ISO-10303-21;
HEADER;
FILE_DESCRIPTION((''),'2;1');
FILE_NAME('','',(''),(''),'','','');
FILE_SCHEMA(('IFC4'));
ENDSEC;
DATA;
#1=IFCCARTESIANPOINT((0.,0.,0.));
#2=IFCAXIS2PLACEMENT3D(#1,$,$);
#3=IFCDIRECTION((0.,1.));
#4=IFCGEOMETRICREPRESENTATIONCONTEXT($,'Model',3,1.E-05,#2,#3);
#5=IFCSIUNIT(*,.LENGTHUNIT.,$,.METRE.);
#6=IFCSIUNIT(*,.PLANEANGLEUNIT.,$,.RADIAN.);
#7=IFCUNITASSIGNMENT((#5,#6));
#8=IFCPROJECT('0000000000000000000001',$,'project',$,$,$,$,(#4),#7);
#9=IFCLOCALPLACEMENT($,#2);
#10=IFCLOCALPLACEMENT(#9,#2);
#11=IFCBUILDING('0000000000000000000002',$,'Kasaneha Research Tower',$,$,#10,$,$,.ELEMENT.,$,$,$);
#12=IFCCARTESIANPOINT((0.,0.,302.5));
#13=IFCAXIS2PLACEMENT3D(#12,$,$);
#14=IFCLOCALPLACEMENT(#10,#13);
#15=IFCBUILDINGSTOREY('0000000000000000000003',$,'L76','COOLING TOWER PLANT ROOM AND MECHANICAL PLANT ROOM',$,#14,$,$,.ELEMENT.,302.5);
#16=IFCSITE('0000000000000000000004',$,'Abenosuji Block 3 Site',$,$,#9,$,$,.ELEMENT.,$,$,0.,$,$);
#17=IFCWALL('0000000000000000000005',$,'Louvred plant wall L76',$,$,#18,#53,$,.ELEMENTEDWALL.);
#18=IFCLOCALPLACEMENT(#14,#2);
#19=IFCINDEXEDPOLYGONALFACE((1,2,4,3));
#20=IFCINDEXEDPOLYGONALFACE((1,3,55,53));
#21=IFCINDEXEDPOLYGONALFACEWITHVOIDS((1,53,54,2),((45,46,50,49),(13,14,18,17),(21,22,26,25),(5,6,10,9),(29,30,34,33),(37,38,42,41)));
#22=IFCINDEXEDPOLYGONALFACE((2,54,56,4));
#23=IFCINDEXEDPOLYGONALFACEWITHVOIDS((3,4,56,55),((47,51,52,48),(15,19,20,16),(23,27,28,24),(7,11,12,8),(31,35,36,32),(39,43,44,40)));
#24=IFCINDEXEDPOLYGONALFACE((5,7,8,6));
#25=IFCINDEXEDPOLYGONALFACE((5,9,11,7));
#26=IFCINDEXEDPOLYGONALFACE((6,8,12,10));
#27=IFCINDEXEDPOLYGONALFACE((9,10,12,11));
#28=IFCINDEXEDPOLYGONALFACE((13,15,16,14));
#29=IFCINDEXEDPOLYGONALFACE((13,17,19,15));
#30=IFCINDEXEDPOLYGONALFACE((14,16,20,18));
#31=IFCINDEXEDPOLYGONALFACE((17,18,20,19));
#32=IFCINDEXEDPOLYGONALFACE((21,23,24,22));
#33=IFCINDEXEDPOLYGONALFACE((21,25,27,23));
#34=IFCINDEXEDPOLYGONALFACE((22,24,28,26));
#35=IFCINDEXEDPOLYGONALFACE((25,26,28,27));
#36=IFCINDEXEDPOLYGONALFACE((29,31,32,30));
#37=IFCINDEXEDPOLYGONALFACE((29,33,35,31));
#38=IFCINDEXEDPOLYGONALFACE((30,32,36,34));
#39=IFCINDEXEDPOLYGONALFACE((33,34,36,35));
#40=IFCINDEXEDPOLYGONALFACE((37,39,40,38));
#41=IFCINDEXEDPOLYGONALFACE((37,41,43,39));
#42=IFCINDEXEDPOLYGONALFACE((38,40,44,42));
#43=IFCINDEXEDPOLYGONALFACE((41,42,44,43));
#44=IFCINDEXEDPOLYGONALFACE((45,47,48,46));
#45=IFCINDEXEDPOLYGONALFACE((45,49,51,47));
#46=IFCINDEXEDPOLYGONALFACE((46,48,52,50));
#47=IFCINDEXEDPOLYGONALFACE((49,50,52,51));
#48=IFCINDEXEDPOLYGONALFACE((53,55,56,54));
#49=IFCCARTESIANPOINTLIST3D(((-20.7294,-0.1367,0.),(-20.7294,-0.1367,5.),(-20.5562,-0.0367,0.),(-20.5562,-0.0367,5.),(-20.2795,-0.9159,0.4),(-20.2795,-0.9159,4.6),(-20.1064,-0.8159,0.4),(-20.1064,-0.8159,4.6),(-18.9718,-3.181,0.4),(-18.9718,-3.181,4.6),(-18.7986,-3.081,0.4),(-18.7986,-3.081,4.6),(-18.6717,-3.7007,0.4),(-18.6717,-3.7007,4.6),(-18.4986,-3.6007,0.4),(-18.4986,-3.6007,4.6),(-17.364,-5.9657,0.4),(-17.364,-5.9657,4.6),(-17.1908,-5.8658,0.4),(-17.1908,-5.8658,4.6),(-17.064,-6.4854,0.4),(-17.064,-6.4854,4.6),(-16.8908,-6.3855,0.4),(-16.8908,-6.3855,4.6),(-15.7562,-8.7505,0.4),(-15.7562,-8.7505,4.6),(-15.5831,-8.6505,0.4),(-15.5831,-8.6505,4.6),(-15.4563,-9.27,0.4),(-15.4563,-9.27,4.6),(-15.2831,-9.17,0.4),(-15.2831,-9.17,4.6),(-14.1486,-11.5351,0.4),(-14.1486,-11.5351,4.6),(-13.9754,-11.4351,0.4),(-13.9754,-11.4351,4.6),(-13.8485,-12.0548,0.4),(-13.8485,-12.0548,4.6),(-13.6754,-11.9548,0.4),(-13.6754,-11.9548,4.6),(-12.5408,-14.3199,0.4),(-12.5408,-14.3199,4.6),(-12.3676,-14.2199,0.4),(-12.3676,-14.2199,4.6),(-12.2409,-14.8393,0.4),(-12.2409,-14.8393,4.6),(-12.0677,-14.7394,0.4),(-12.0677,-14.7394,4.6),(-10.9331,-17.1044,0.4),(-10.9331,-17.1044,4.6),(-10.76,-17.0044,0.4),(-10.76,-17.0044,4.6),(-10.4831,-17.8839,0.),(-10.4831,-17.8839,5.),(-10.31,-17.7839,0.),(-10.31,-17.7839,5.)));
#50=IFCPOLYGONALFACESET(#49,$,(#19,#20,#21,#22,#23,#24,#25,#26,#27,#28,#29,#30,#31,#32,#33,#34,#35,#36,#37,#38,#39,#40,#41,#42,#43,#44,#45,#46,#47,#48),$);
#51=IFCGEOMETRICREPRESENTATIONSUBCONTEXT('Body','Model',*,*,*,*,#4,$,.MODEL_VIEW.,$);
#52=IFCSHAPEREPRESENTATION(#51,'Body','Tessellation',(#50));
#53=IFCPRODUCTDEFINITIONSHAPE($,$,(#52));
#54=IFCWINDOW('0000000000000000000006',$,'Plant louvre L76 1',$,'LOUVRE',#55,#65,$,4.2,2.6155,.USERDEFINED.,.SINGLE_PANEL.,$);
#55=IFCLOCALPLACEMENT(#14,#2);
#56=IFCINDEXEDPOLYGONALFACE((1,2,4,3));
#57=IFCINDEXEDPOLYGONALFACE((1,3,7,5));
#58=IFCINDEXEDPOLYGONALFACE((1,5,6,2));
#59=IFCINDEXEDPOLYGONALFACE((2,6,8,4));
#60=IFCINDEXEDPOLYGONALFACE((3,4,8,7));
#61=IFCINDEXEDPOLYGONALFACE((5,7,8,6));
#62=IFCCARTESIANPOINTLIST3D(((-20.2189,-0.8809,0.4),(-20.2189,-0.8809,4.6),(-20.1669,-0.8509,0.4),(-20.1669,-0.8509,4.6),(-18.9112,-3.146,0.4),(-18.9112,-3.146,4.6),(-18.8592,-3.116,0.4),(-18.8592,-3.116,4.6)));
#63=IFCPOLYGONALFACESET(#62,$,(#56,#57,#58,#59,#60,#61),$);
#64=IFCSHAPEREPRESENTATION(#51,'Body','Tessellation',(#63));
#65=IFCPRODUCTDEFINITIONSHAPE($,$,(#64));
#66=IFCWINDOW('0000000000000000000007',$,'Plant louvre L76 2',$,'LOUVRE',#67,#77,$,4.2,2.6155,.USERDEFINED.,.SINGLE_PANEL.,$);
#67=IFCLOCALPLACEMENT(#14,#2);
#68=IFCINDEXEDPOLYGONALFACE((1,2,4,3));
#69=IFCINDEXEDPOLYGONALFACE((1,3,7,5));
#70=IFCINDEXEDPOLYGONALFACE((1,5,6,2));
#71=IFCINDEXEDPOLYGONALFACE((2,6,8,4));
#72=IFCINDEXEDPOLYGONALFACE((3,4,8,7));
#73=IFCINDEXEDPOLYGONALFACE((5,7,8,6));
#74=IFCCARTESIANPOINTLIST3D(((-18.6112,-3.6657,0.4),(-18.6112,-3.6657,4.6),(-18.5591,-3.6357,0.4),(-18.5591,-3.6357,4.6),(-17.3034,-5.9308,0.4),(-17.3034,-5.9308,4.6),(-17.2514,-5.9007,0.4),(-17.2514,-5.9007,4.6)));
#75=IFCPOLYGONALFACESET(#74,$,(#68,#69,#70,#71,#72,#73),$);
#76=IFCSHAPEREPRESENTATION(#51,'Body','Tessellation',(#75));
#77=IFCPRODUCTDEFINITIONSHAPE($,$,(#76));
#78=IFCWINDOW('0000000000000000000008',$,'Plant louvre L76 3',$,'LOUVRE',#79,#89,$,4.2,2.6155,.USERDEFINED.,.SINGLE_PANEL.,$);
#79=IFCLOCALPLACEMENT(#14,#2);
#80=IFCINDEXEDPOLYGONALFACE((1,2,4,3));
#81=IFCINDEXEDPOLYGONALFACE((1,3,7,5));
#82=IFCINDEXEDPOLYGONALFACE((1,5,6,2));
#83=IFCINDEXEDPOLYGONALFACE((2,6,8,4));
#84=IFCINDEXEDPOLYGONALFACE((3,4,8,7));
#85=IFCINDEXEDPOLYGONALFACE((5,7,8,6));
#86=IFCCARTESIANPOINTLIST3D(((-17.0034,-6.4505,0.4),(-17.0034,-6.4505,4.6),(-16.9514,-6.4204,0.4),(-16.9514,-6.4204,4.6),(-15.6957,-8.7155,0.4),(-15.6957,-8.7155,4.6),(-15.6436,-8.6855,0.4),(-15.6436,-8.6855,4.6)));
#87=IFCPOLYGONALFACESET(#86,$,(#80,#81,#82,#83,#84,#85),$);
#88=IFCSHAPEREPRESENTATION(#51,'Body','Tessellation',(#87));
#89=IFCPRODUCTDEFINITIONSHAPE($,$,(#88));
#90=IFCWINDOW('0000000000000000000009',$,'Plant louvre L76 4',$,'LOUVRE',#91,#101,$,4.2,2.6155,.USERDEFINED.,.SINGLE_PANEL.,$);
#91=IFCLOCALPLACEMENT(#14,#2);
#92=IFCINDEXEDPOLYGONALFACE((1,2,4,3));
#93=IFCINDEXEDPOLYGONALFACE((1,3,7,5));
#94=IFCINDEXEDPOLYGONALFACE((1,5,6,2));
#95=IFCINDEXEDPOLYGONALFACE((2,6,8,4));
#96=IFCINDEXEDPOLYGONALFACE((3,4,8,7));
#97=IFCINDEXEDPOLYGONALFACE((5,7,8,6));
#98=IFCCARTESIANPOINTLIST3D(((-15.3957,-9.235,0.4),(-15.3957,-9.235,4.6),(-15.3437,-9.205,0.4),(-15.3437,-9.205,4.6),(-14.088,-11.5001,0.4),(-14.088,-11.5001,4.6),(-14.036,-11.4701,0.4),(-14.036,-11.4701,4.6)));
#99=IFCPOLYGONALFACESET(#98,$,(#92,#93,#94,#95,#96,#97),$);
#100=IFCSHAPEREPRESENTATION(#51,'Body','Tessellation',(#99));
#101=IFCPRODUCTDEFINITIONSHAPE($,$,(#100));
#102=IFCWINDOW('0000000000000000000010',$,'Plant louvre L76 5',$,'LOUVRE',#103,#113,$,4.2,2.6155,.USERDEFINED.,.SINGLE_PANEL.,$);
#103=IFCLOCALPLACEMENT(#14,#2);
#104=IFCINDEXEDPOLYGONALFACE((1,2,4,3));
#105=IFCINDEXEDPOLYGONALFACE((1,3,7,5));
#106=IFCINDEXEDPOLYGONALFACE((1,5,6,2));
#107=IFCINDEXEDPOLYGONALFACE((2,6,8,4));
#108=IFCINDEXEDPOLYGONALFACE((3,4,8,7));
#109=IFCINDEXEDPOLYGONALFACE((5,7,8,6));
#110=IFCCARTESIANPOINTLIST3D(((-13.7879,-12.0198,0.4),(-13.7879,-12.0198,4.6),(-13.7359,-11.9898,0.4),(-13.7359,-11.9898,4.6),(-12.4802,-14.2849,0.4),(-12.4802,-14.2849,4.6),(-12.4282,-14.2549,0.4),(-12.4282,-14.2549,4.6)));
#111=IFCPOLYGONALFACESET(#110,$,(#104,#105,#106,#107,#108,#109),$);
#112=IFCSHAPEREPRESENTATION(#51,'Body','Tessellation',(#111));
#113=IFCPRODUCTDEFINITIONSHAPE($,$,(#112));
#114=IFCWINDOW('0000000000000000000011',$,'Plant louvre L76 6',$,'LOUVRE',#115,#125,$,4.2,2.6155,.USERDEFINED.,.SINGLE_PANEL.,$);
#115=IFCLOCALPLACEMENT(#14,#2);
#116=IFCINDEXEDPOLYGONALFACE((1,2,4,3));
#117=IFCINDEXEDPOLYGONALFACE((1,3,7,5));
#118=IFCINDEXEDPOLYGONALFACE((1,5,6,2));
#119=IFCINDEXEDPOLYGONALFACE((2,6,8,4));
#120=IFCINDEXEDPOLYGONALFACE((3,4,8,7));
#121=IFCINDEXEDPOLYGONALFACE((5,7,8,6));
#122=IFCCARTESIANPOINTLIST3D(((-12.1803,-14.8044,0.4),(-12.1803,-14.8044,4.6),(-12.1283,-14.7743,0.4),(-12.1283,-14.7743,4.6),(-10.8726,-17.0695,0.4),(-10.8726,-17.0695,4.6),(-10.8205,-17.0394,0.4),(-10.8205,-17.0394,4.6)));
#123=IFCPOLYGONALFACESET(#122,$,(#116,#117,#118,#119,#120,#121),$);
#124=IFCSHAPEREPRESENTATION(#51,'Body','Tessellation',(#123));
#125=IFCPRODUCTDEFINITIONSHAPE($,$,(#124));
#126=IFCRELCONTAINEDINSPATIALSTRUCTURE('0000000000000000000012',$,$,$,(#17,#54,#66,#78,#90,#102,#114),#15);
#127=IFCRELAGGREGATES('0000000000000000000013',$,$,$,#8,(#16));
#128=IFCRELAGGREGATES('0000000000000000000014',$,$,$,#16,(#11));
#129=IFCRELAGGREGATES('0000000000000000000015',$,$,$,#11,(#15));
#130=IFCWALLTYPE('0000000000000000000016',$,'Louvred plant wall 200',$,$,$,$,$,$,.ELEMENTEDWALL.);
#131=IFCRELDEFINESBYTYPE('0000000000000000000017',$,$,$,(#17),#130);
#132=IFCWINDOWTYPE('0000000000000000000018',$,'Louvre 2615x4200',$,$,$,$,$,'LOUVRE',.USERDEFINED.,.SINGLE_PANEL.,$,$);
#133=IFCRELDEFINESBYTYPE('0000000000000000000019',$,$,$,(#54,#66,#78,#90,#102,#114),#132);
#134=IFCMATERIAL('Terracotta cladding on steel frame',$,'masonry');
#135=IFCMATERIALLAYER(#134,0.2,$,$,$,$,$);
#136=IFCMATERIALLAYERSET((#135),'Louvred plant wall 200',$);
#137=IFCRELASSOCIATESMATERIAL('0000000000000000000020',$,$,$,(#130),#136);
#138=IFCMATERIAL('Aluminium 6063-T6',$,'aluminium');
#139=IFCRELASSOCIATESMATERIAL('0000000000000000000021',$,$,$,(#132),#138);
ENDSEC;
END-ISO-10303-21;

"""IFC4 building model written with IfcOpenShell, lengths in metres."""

from ifc_helpers import new_model, si_unit, direction, frame, frame_2d, origin, place, context, subcontext, project, spatial, rectangle, extrude, material, layer, layer_set, type_object, element, fill, save


model = new_model("IFC4")

# Units and contexts
model_context = context("Model", 3, precision=1e-05, world=origin(), true_north=direction((0.0, 1.0)))
body_context = subcontext(model_context, "Body", "Model", "MODEL_VIEW")
ifc_project = project(units=[si_unit("LENGTHUNIT", "METRE"), si_unit("PLANEANGLEUNIT", "RADIAN")], contexts=[model_context])

# Site, building, storey
site_placement = place(None, origin())
site = spatial("IfcSite", under=ifc_project, at=site_placement, Name="Abenosuji Block 3 Site", CompositionType="ELEMENT", RefElevation=0.0)
building_placement = place(site_placement, origin())
building = spatial("IfcBuilding", under=site, at=building_placement, Name="Kasaneha Research Tower", CompositionType="ELEMENT")
storey_placement = place(building_placement, frame((0.0, 0.0, 302.5)))
storey = spatial("IfcBuildingStorey", under=building, at=storey_placement, Name="L76", Description="COOLING TOWER PLANT ROOM AND MECHANICAL PLANT ROOM", CompositionType="ELEMENT", Elevation=302.5)

# Wall, openings, windows
ifc_material_1 = material(Name="Terracotta cladding on steel frame", Category="masonry")
ifc_layer_1 = layer(ifc_material_1, 0.2)
ifc_layer_set_1 = layer_set([ifc_layer_1], Name="Louvred plant wall 200")
wall_type_1 = type_object("IfcWallType", Name="Louvred plant wall 200", PredefinedType="ELEMENTEDWALL", material=ifc_layer_set_1)
wall_1_placement = place(storey_placement, frame((-20.6428, -0.0867, 0.0), z_axis=(0.0, 0.0, 1.0), x_axis=(0.499997, -0.866027, 0.0)))
wall_1 = element("IfcWall", 1, at=wall_1_placement, inside=storey, type_object=wall_type_1, Name="Louvred plant wall L76", PredefinedType="ELEMENTEDWALL", context=body_context, shape_type="SweptSolid", body=[
    extrude(rectangle(XDim=20.4927, YDim=0.2, at=frame_2d((10.2463, 0.0))), origin(), (0.0, 0.0, 1.0), 5.0),
])
opening_1_placement = place(wall_1_placement, frame((0.8999, 0.0, 0.3999)))
opening_1 = element("IfcOpeningElement", 2, at=opening_1_placement, cuts=wall_1, PredefinedType="OPENING", context=body_context, shape_type="SweptSolid", body=[
    extrude(rectangle(XDim=2.6155, YDim=4.2, at=frame_2d((1.3076, 2.1001))), frame((0.0, 0.1099, 0.0), z_axis=(0.0, -1.0, 0.0), x_axis=(1.0, 0.0, 0.0)), (0.0, 0.0, 1.0), 0.22),
])
opening_2_placement = place(wall_1_placement, frame((4.1155, 0.0, 0.3999)))
opening_2 = element("IfcOpeningElement", 3, at=opening_2_placement, cuts=wall_1, PredefinedType="OPENING", context=body_context, shape_type="SweptSolid", body=[
    extrude(rectangle(XDim=2.6155, YDim=4.2, at=frame_2d((1.3076, 2.1001))), frame((0.0, 0.1099, 0.0), z_axis=(0.0, -1.0, 0.0), x_axis=(1.0, 0.0, 0.0)), (0.0, 0.0, 1.0), 0.22),
])
opening_3_placement = place(wall_1_placement, frame((7.3311, 0.0, 0.3999)))
opening_3 = element("IfcOpeningElement", 4, at=opening_3_placement, cuts=wall_1, PredefinedType="OPENING", context=body_context, shape_type="SweptSolid", body=[
    extrude(rectangle(XDim=2.6155, YDim=4.2, at=frame_2d((1.3076, 2.1001))), frame((0.0, 0.1099, 0.0), z_axis=(0.0, -1.0, 0.0), x_axis=(1.0, 0.0, 0.0)), (0.0, 0.0, 1.0), 0.22),
])
opening_4_placement = place(wall_1_placement, frame((10.5464, 0.0, 0.3999)))
opening_4 = element("IfcOpeningElement", 5, at=opening_4_placement, cuts=wall_1, PredefinedType="OPENING", context=body_context, shape_type="SweptSolid", body=[
    extrude(rectangle(XDim=2.6155, YDim=4.2, at=frame_2d((1.3076, 2.1001))), frame((0.0, 0.1099, 0.0), z_axis=(0.0, -1.0, 0.0), x_axis=(1.0, 0.0, 0.0)), (0.0, 0.0, 1.0), 0.22),
])
opening_5_placement = place(wall_1_placement, frame((13.762, 0.0, 0.3999)))
opening_5 = element("IfcOpeningElement", 6, at=opening_5_placement, cuts=wall_1, PredefinedType="OPENING", context=body_context, shape_type="SweptSolid", body=[
    extrude(rectangle(XDim=2.6155, YDim=4.2, at=frame_2d((1.3076, 2.1001))), frame((0.0, 0.1099, 0.0), z_axis=(0.0, -1.0, 0.0), x_axis=(1.0, 0.0, 0.0)), (0.0, 0.0, 1.0), 0.22),
])
opening_6_placement = place(wall_1_placement, frame((16.9773, 0.0, 0.3999)))
opening_6 = element("IfcOpeningElement", 7, at=opening_6_placement, cuts=wall_1, PredefinedType="OPENING", context=body_context, shape_type="SweptSolid", body=[
    extrude(rectangle(XDim=2.6155, YDim=4.2, at=frame_2d((1.3076, 2.1001))), frame((0.0, 0.1099, 0.0), z_axis=(0.0, -1.0, 0.0), x_axis=(1.0, 0.0, 0.0)), (0.0, 0.0, 1.0), 0.22),
])
ifc_material_2 = material(Name="Aluminium 6063-T6", Category="aluminium")
window_type = type_object("IfcWindowType", Name="Louvre 2615x4200", ElementType="LOUVRE", PartitioningType="SINGLE_PANEL", PredefinedType="USERDEFINED", material=ifc_material_2)
window_1_placement = place(opening_1_placement, origin())
window_1 = element("IfcWindow", 8, at=window_1_placement, inside=storey, type_object=window_type, Name="Plant louvre L76 1", ObjectType="LOUVRE", OverallHeight=4.2, OverallWidth=2.6155, PartitioningType="SINGLE_PANEL", PredefinedType="USERDEFINED", context=body_context, shape_type="SweptSolid", body=[
    extrude(rectangle(XDim=2.6155, YDim=4.2, at=frame_2d((1.3076, 2.1001))), frame((0.0, 0.03, 0.0), z_axis=(0.0, -1.0, 0.0), x_axis=(1.0, 0.0, 0.0)), (0.0, 0.0, 1.0), 0.0601),
])
fill(opening_1, window_1)
window_2_placement = place(opening_2_placement, origin())
window_2 = element("IfcWindow", 9, at=window_2_placement, inside=storey, type_object=window_type, Name="Plant louvre L76 2", ObjectType="LOUVRE", OverallHeight=4.2, OverallWidth=2.6155, PartitioningType="SINGLE_PANEL", PredefinedType="USERDEFINED", context=body_context, shape_type="SweptSolid", body=[
    extrude(rectangle(XDim=2.6155, YDim=4.2, at=frame_2d((1.3076, 2.1001))), frame((0.0, 0.03, 0.0), z_axis=(0.0, -1.0, 0.0), x_axis=(1.0, 0.0, 0.0)), (0.0, 0.0, 1.0), 0.0601),
])
fill(opening_2, window_2)
window_3_placement = place(opening_3_placement, origin())
window_3 = element("IfcWindow", 10, at=window_3_placement, inside=storey, type_object=window_type, Name="Plant louvre L76 3", ObjectType="LOUVRE", OverallHeight=4.2, OverallWidth=2.6155, PartitioningType="SINGLE_PANEL", PredefinedType="USERDEFINED", context=body_context, shape_type="SweptSolid", body=[
    extrude(rectangle(XDim=2.6155, YDim=4.2, at=frame_2d((1.3076, 2.1001))), frame((0.0, 0.03, 0.0), z_axis=(0.0, -1.0, 0.0), x_axis=(1.0, 0.0, 0.0)), (0.0, 0.0, 1.0), 0.0601),
])
fill(opening_3, window_3)
window_4_placement = place(opening_4_placement, origin())
window_4 = element("IfcWindow", 11, at=window_4_placement, inside=storey, type_object=window_type, Name="Plant louvre L76 4", ObjectType="LOUVRE", OverallHeight=4.2, OverallWidth=2.6155, PartitioningType="SINGLE_PANEL", PredefinedType="USERDEFINED", context=body_context, shape_type="SweptSolid", body=[
    extrude(rectangle(XDim=2.6155, YDim=4.2, at=frame_2d((1.3076, 2.1001))), frame((0.0, 0.03, 0.0), z_axis=(0.0, -1.0, 0.0), x_axis=(1.0, 0.0, 0.0)), (0.0, 0.0, 1.0), 0.0601),
])
fill(opening_4, window_4)
window_5_placement = place(opening_5_placement, origin())
window_5 = element("IfcWindow", 12, at=window_5_placement, inside=storey, type_object=window_type, Name="Plant louvre L76 5", ObjectType="LOUVRE", OverallHeight=4.2, OverallWidth=2.6155, PartitioningType="SINGLE_PANEL", PredefinedType="USERDEFINED", context=body_context, shape_type="SweptSolid", body=[
    extrude(rectangle(XDim=2.6155, YDim=4.2, at=frame_2d((1.3076, 2.1001))), frame((0.0, 0.03, 0.0), z_axis=(0.0, -1.0, 0.0), x_axis=(1.0, 0.0, 0.0)), (0.0, 0.0, 1.0), 0.0601),
])
fill(opening_5, window_5)
window_6_placement = place(opening_6_placement, origin())
window_6 = element("IfcWindow", 13, at=window_6_placement, inside=storey, type_object=window_type, Name="Plant louvre L76 6", ObjectType="LOUVRE", OverallHeight=4.2, OverallWidth=2.6155, PartitioningType="SINGLE_PANEL", PredefinedType="USERDEFINED", context=body_context, shape_type="SweptSolid", body=[
    extrude(rectangle(XDim=2.6155, YDim=4.2, at=frame_2d((1.3076, 2.1001))), frame((0.0, 0.03, 0.0), z_axis=(0.0, -1.0, 0.0), x_axis=(1.0, 0.0, 0.0)), (0.0, 0.0, 1.0), 0.0601),
])
fill(opening_6, window_6)

save(model, "model.ifc")
